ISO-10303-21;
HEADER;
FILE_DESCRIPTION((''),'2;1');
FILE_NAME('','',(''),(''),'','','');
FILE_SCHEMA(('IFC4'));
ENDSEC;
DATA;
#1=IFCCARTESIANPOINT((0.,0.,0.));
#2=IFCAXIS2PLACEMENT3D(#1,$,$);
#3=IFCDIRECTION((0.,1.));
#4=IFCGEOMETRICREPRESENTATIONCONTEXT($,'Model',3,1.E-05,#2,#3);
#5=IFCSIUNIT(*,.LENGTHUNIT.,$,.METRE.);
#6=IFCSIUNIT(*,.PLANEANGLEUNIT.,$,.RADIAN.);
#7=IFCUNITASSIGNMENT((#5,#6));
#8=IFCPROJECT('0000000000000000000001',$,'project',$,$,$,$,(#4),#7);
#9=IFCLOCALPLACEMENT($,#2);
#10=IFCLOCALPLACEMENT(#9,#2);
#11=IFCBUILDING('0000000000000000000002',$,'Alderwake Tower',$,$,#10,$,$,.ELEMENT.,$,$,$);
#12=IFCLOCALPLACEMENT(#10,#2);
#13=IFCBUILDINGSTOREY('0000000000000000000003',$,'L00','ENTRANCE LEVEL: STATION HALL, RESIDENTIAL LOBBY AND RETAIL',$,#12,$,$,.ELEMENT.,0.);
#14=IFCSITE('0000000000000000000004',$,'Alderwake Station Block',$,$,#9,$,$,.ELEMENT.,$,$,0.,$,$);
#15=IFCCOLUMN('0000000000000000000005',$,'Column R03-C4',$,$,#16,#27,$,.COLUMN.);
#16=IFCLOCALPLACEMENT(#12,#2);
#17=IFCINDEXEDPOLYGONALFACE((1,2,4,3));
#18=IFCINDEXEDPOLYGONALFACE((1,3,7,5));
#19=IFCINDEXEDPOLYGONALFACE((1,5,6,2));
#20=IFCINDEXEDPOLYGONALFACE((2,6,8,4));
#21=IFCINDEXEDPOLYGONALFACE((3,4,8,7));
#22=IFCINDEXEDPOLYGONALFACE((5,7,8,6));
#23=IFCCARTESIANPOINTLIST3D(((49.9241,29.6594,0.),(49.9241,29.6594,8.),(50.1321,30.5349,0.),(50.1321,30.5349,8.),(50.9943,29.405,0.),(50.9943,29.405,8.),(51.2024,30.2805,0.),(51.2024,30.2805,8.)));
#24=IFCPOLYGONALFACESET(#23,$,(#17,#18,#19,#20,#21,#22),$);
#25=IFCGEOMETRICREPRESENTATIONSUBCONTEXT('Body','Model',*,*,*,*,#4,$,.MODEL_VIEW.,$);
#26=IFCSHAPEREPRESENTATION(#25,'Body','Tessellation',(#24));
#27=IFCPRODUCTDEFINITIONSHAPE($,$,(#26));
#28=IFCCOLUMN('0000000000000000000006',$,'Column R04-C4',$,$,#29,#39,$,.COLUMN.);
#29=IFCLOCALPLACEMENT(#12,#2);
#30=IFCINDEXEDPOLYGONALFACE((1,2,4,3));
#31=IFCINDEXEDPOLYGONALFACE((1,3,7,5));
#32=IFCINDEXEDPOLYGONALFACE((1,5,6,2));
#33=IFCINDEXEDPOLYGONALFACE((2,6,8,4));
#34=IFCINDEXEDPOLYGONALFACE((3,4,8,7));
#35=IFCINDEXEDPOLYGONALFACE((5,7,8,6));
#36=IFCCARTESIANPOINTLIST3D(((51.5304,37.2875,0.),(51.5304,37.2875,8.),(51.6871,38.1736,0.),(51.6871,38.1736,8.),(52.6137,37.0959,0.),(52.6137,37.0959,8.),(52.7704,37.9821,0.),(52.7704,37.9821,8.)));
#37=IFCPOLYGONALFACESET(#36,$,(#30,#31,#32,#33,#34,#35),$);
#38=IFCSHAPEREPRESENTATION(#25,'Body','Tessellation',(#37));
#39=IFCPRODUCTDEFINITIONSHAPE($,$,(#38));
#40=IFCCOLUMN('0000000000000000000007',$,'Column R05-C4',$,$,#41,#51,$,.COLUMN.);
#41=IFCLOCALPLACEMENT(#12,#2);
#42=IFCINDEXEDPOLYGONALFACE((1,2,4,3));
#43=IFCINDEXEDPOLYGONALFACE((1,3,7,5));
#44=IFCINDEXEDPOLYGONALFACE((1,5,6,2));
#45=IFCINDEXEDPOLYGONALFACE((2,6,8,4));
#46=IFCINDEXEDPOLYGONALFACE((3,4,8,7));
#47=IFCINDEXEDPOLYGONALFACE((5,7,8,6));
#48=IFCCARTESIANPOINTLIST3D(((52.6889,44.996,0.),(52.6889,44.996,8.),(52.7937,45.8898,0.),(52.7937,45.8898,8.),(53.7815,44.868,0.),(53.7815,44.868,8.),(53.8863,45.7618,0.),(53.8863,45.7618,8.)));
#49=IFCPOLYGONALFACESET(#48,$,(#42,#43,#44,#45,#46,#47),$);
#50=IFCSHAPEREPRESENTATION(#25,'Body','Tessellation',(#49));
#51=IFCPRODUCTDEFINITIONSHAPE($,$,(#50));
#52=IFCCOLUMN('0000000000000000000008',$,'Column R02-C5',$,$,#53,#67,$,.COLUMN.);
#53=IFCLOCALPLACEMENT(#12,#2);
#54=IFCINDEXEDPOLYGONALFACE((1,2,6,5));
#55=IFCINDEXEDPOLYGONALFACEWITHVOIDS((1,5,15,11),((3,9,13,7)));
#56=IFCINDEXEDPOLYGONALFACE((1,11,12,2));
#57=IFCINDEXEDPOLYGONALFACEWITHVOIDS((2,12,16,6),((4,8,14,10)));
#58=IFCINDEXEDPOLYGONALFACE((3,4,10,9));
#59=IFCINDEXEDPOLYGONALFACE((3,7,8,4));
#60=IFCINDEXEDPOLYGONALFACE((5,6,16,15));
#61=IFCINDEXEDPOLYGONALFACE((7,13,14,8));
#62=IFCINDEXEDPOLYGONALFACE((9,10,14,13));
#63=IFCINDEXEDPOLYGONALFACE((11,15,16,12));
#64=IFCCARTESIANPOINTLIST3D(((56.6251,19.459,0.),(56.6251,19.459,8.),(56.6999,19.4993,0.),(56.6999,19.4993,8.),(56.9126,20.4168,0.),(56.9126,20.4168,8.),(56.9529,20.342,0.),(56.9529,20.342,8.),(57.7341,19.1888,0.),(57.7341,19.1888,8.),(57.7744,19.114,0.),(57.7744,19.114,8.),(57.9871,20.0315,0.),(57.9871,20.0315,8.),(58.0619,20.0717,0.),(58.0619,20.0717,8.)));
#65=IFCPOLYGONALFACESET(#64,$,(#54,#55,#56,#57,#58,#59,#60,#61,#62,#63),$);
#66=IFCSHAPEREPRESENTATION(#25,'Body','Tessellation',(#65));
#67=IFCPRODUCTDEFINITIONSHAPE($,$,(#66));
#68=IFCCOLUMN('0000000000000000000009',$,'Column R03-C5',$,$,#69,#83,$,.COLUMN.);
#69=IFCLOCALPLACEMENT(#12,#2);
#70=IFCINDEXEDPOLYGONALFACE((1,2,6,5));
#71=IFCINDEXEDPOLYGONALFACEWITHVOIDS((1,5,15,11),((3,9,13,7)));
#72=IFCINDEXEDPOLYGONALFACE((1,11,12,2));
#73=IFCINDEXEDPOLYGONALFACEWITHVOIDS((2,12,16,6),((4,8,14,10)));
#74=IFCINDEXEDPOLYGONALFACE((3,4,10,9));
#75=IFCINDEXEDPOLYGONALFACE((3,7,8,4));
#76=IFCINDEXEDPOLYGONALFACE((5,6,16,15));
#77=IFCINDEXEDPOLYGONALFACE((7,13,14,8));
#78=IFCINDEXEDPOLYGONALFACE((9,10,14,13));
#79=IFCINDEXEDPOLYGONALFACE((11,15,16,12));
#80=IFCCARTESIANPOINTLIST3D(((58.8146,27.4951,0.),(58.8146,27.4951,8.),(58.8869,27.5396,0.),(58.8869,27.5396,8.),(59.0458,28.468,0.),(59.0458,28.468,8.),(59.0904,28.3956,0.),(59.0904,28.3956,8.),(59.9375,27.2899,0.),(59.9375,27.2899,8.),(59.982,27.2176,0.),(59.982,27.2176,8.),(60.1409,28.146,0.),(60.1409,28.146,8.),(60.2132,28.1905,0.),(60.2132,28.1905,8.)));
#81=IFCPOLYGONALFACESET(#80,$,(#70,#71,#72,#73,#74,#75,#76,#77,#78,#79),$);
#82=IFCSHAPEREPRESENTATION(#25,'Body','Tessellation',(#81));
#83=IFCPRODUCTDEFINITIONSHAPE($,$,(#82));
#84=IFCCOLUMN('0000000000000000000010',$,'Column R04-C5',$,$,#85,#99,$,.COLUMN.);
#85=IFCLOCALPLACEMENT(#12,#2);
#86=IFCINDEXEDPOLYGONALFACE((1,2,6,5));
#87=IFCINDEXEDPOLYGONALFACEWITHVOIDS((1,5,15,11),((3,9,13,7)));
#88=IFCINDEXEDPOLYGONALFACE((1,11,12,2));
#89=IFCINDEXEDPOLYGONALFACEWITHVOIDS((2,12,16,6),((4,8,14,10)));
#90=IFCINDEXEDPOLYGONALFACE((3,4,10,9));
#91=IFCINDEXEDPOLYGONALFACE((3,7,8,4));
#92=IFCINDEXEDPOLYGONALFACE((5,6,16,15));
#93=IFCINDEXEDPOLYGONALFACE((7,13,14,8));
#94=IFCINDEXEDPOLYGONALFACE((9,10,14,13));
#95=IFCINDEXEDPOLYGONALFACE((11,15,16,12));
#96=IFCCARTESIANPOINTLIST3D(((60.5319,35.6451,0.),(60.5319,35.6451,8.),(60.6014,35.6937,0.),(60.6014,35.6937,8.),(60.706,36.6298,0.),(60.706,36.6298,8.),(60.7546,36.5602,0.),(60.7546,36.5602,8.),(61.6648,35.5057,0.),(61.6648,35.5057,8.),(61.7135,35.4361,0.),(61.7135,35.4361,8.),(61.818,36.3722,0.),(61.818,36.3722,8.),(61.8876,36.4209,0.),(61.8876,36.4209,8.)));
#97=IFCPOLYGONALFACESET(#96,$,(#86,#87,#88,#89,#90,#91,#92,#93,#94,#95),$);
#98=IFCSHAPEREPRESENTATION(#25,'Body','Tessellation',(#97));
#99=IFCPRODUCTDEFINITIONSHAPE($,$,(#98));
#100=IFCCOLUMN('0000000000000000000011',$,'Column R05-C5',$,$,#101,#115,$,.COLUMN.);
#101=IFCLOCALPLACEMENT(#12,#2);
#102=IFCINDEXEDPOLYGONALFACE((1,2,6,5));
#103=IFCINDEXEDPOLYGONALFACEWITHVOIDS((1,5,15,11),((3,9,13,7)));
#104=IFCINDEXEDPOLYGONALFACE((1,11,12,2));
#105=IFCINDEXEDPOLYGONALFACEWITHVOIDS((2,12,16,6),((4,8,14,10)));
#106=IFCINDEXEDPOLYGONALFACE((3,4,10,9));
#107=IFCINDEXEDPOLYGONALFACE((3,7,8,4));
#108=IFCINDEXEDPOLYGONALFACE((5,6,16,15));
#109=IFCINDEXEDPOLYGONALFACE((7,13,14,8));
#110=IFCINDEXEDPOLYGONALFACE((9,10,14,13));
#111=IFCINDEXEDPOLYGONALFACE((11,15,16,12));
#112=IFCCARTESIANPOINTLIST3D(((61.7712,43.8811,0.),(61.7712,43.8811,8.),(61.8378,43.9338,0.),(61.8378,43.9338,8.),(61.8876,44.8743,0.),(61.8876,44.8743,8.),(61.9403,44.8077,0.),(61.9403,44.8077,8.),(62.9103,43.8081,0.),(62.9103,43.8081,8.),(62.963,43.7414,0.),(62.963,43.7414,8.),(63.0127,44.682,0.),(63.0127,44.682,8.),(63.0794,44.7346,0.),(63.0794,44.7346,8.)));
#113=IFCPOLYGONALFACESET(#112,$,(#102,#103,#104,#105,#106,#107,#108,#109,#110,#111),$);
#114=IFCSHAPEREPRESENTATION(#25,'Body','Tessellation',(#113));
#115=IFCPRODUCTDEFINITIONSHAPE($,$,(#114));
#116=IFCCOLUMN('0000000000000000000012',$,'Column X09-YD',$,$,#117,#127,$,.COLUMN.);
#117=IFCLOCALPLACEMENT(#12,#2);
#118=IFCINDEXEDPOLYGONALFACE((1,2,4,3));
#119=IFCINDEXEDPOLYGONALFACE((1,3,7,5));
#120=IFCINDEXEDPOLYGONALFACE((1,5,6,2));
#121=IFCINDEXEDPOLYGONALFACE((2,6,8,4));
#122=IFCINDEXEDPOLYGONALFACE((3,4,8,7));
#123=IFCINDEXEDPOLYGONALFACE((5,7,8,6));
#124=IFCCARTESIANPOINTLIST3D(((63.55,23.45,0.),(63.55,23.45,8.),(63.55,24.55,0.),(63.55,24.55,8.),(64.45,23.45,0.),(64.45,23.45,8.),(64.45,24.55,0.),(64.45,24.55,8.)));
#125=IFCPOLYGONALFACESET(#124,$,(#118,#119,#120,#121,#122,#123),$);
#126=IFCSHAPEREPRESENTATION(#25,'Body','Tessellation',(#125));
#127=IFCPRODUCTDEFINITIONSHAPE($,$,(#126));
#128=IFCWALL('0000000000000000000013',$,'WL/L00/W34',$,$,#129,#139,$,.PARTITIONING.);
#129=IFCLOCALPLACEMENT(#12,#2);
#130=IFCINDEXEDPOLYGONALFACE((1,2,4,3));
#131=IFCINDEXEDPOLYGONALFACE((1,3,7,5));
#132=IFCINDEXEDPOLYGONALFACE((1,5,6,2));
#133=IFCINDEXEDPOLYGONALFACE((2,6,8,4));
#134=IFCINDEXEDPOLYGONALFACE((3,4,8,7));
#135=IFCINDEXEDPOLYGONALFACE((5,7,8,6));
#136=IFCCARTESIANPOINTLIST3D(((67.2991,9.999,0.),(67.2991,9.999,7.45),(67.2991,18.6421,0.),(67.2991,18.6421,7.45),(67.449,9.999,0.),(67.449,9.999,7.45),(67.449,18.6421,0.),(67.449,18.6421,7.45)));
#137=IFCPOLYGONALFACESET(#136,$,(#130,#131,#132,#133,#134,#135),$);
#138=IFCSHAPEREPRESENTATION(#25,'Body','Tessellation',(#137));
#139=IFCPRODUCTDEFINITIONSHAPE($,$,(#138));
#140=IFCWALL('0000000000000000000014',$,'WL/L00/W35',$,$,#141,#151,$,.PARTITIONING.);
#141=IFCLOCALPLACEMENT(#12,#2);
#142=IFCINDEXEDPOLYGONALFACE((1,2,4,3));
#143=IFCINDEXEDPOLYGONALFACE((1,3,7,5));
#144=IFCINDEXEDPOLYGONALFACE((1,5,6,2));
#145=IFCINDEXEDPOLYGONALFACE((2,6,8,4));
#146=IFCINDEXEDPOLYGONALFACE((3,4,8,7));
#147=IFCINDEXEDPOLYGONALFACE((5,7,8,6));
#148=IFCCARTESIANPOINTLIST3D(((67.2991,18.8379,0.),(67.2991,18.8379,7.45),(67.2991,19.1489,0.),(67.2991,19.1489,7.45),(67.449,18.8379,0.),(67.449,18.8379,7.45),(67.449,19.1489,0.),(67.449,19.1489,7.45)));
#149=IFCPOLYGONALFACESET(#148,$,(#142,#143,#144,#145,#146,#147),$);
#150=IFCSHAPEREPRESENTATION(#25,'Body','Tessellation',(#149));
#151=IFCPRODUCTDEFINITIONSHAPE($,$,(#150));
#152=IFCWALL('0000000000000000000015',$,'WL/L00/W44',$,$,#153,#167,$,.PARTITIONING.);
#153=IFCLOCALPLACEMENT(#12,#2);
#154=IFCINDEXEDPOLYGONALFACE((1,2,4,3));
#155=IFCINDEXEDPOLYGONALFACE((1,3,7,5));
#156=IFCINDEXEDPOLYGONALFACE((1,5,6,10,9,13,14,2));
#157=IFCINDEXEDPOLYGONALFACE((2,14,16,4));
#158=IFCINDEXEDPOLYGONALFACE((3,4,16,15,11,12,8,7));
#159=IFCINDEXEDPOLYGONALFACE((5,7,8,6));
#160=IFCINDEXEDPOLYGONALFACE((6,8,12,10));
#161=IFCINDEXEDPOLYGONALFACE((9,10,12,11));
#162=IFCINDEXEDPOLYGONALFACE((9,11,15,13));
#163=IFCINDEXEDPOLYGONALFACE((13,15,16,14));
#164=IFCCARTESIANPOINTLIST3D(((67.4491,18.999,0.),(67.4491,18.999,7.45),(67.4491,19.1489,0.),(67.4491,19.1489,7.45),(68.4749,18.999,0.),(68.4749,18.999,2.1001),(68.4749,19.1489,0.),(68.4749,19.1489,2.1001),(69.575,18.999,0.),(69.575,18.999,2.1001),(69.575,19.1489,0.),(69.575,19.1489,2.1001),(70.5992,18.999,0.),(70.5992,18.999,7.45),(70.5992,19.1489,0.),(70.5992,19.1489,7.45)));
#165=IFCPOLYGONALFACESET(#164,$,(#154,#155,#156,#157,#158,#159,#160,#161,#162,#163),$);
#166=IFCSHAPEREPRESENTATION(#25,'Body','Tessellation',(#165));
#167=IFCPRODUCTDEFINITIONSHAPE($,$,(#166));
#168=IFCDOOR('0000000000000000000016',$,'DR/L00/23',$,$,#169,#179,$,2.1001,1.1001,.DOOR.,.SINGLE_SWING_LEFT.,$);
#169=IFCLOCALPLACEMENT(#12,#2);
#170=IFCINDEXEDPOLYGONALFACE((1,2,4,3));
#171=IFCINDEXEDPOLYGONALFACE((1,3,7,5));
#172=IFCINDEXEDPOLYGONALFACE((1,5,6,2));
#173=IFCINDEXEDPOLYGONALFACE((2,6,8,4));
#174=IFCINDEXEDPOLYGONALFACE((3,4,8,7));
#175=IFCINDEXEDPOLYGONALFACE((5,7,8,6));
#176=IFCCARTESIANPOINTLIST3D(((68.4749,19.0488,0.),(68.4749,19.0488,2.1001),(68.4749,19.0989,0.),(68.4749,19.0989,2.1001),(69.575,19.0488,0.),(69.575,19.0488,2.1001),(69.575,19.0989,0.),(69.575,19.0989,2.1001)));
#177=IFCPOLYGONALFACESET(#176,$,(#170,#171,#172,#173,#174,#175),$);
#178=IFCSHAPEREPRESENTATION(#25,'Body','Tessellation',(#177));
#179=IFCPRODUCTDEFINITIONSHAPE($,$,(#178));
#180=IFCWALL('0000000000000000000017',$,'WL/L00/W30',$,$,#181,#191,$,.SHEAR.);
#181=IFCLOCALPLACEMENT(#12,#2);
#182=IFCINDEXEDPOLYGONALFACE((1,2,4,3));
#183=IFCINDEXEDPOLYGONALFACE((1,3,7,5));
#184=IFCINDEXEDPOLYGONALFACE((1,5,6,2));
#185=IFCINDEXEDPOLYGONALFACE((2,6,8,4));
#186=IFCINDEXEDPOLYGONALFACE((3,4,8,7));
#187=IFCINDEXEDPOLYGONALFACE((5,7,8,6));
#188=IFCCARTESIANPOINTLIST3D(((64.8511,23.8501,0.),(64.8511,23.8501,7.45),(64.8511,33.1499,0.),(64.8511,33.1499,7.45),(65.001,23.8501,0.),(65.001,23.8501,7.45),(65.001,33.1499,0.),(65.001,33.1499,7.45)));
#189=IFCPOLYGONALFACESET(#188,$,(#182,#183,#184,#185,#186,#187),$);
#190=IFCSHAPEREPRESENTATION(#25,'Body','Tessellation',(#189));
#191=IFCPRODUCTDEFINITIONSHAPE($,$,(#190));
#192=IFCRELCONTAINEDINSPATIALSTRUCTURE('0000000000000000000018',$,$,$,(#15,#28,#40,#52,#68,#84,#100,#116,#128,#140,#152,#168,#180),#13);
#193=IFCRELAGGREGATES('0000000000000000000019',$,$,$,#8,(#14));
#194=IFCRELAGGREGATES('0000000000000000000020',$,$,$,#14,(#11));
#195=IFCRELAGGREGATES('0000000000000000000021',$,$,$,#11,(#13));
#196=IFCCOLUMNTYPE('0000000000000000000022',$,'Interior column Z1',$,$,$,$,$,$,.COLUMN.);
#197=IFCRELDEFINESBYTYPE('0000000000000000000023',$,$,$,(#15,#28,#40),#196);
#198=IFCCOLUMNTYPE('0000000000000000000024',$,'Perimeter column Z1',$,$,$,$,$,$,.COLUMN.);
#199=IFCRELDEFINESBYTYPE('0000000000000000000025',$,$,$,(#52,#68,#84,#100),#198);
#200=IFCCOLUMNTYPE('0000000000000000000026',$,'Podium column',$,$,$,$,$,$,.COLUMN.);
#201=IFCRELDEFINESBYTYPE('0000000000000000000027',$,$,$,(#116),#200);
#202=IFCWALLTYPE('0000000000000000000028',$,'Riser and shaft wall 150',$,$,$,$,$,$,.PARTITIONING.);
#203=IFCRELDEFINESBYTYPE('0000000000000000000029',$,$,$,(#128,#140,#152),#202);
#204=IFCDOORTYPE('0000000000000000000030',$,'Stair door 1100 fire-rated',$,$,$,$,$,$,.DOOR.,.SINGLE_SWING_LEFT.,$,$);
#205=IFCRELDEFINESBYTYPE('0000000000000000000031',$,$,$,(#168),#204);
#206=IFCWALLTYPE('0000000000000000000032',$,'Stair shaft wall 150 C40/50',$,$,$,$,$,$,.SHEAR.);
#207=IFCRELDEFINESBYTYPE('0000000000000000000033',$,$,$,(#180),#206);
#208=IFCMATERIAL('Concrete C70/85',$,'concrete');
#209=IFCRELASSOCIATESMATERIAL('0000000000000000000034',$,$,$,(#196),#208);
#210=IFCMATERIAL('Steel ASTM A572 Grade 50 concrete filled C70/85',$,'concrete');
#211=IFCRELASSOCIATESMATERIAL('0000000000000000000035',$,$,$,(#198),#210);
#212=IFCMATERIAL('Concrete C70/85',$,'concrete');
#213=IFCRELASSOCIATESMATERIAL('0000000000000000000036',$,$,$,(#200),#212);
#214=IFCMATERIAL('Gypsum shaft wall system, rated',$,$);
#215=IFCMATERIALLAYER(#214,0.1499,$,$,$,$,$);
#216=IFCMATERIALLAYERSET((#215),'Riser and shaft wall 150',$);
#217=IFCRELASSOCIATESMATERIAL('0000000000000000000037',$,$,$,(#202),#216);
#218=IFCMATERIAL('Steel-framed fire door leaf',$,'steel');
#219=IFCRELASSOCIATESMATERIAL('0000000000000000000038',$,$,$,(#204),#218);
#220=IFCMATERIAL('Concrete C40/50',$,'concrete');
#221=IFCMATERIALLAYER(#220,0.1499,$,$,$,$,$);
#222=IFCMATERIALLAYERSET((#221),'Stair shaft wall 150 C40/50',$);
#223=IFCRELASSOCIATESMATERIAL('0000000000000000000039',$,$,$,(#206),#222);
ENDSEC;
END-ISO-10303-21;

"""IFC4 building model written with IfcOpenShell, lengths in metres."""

from ifc_helpers import new_model, si_unit, direction, frame, frame_2d, origin, origin_2d, place, context, subcontext, project, spatial, rectangle, hollow_rectangle, extrude, material, layer, layer_set, material_profile, profile_set, type_object, element, fill, save


model = new_model("IFC4")

# Units and contexts
model_context = context("Model", 3, precision=1e-05, world=origin(), true_north=direction((0.0, 1.0)))
body_context = subcontext(model_context, "Body", "Model", "MODEL_VIEW")
ifc_project = project(units=[si_unit("LENGTHUNIT", "METRE"), si_unit("PLANEANGLEUNIT", "RADIAN")], contexts=[model_context])

# Site, building, storey
site_placement = place(None, origin())
site = spatial("IfcSite", under=ifc_project, at=site_placement, Name="Alderwake Station Block", CompositionType="ELEMENT", RefElevation=0.0)
building_placement = place(site_placement, origin())
building = spatial("IfcBuilding", under=site, at=building_placement, Name="Alderwake Tower", CompositionType="ELEMENT")
storey_placement = place(building_placement, origin())
storey = spatial("IfcBuildingStorey", under=building, at=storey_placement, Name="L00", Description="ENTRANCE LEVEL: STATION HALL, RESIDENTIAL LOBBY AND RETAIL", CompositionType="ELEMENT", Elevation=0.0)

# Columns
ifc_material_1 = material(Name="Concrete C70/85", Category="concrete")
ifc_material_profile_1 = material_profile(ifc_material_1, rectangle(XDim=0.8999, YDim=1.1001, at=origin_2d()), Name="RC 1100X900")
ifc_profile_set_1 = profile_set([ifc_material_profile_1], Name="Concrete C70/85")
column_type_1 = type_object("IfcColumnType", Name="Interior column Z1", PredefinedType="COLUMN", material=ifc_profile_set_1)
for number, where, z_axis, x_axis, name in (
    (1, (50.5632, 29.97, 0.0), (0.0, 0.0, 1.0), (0.231222, 0.972901, 0.0), "Column R03-C4"),
    (2, (52.1504, 37.6348, 0.0), (0.0, 0.0, 1.0), (0.174109, 0.984726, 0.0), "Column R04-C4"),
    (3, (53.2876, 45.3789, 0.0), (0.0, 0.0, 1.0), (0.116402, 0.993202, 0.0), "Column R05-C4"),
):
    element("IfcColumn", number, at=place(storey_placement, frame(where, z_axis=z_axis, x_axis=x_axis)), inside=storey, type_object=column_type_1, Name=name, PredefinedType="COLUMN", context=body_context, shape_type="SweptSolid", body=[
        extrude(rectangle(XDim=0.8999, YDim=1.1001, at=origin_2d()), origin(), (0.0, 0.0, 1.0), 8.0),
    ])
ifc_material_2 = material(Name="Steel ASTM A572 Grade 50 concrete filled C70/85", Category="concrete")
ifc_material_profile_2 = material_profile(ifc_material_2, hollow_rectangle(XDim=1.0, YDim=1.2, WallThickness=0.0601, at=origin_2d()), Name="BOX 1200X1000X60")
ifc_profile_set_2 = profile_set([ifc_material_profile_2], Name="Steel ASTM A572 Grade 50 concrete filled C70/85")
column_type_2 = type_object("IfcColumnType", Name="Perimeter column Z1", PredefinedType="COLUMN", material=ifc_profile_set_2)
for number, where, z_axis, x_axis, name in (
    (4, (57.3435, 19.7654, 0.0), (0.0, 0.0, 1.0), (0.287549, 0.957766, 0.0), "Column R02-C5"),
    (5, (59.5139, 27.8428, 0.0), (0.0, 0.0, 1.0), (0.231222, 0.972901, 0.0), "Column R03-C5"),
    (6, (61.2097, 36.033, 0.0), (0.0, 0.0, 1.0), (0.174109, 0.984726, 0.0), "Column R04-C5"),
    (7, (62.4253, 44.3079, 0.0), (0.0, 0.0, 1.0), (0.116402, 0.993202, 0.0), "Column R05-C5"),
):
    element("IfcColumn", number, at=place(storey_placement, frame(where, z_axis=z_axis, x_axis=x_axis)), inside=storey, type_object=column_type_2, Name=name, PredefinedType="COLUMN", context=body_context, shape_type="SweptSolid", body=[
        extrude(hollow_rectangle(XDim=1.0, YDim=1.2, WallThickness=0.0601, at=origin_2d()), origin(), (0.0, 0.0, 1.0), 8.0),
    ])
ifc_material_3 = material(Name="Concrete C70/85", Category="concrete")
ifc_material_profile_3 = material_profile(ifc_material_3, rectangle(XDim=0.8999, YDim=1.1001, at=origin_2d()), Name="RC 1100X900")
ifc_profile_set_3 = profile_set([ifc_material_profile_3], Name="Concrete C70/85")
column_type_3 = type_object("IfcColumnType", Name="Podium column", PredefinedType="COLUMN", material=ifc_profile_set_3)
column_placement = place(storey_placement, frame((64.0, 24.0, 0.0), z_axis=(0.0, 0.0, 1.0), x_axis=(1.0, 0.0, 0.0)))
element("IfcColumn", 8, at=column_placement, inside=storey, type_object=column_type_3, Name="Column X09-YD", PredefinedType="COLUMN", context=body_context, shape_type="SweptSolid", body=[
    extrude(rectangle(XDim=0.8999, YDim=1.1001, at=origin_2d()), origin(), (0.0, 0.0, 1.0), 8.0),
])

# Walls
ifc_material_4 = material(Name="Gypsum shaft wall system, rated")
ifc_layer_1 = layer(ifc_material_4, 0.1499)
ifc_layer_set_1 = layer_set([ifc_layer_1], Name="Riser and shaft wall 150")
wall_type_1 = type_object("IfcWallType", Name="Riser and shaft wall 150", PredefinedType="PARTITIONING", material=ifc_layer_set_1)
wall_1_placement = place(storey_placement, frame((67.374, 18.6421, 0.0), z_axis=(0.0, 0.0, 1.0), x_axis=(0.0, -1.0, 0.0)))
element("IfcWall", 9, at=wall_1_placement, inside=storey, type_object=wall_type_1, Name="WL/L00/W34", PredefinedType="PARTITIONING", context=body_context, shape_type="SweptSolid", body=[
    extrude(rectangle(XDim=8.6431, YDim=0.1499, at=frame_2d((4.3215, 0.0))), origin(), (0.0, 0.0, 1.0), 7.45),
])
wall_2_placement = place(storey_placement, frame((67.374, 19.1489, 0.0), z_axis=(0.0, 0.0, 1.0), x_axis=(0.0, -1.0, 0.0)))
element("IfcWall", 10, at=wall_2_placement, inside=storey, type_object=wall_type_1, Name="WL/L00/W35", PredefinedType="PARTITIONING", context=body_context, shape_type="SweptSolid", body=[
    extrude(rectangle(XDim=0.311, YDim=0.1499, at=frame_2d((0.1555, 0.0))), origin(), (0.0, 0.0, 1.0), 7.45),
])

# Wall, opening, door
wall_3_placement = place(storey_placement, frame((67.449, 19.074, 0.0), z_axis=(0.0, 0.0, 1.0), x_axis=(1.0, 0.0, 0.0)))
wall_3 = element("IfcWall", 11, at=wall_3_placement, inside=storey, type_object=wall_type_1, Name="WL/L00/W44", PredefinedType="PARTITIONING", context=body_context, shape_type="SweptSolid", body=[
    extrude(rectangle(XDim=3.1501, YDim=0.1499, at=frame_2d((1.5752, 0.0))), origin(), (0.0, 0.0, 1.0), 7.45),
])
opening_placement = place(wall_3_placement, frame((1.0259, 0.0, 0.0)))
opening = element("IfcOpeningElement", 12, at=opening_placement, cuts=wall_3, PredefinedType="OPENING", context=body_context, shape_type="SweptSolid", body=[
    extrude(rectangle(XDim=1.1001, YDim=2.1001, at=frame_2d((0.55, 1.05))), frame((0.0, 0.085, 0.0), z_axis=(0.0, -1.0, 0.0), x_axis=(1.0, 0.0, 0.0)), (0.0, 0.0, 1.0), 0.1699),
])
ifc_material_5 = material(Name="Steel-framed fire door leaf", Category="steel")
door_type = type_object("IfcDoorType", Name="Stair door 1100 fire-rated", OperationType="SINGLE_SWING_LEFT", PredefinedType="DOOR", material=ifc_material_5)
door_placement = place(opening_placement, origin())
door = element("IfcDoor", 13, at=door_placement, inside=storey, type_object=door_type, Name="DR/L00/23", OperationType="SINGLE_SWING_LEFT", OverallHeight=2.1001, OverallWidth=1.1001, PredefinedType="DOOR", context=body_context, shape_type="SweptSolid", body=[
    extrude(rectangle(XDim=1.1001, YDim=2.1001, at=frame_2d((0.55, 1.05))), frame((0.0, 0.0249, 0.0), z_axis=(0.0, -1.0, 0.0), x_axis=(1.0, 0.0, 0.0)), (0.0, 0.0, 1.0), 0.05),
])
fill(opening, door)

# Wall
ifc_material_6 = material(Name="Concrete C40/50", Category="concrete")
ifc_layer_2 = layer(ifc_material_6, 0.1499)
ifc_layer_set_2 = layer_set([ifc_layer_2], Name="Stair shaft wall 150 C40/50")
wall_type_2 = type_object("IfcWallType", Name="Stair shaft wall 150 C40/50", PredefinedType="SHEAR", material=ifc_layer_set_2)
wall_4_placement = place(storey_placement, frame((64.926, 33.1499, 0.0), z_axis=(0.0, 0.0, 1.0), x_axis=(0.0, -1.0, 0.0)))
element("IfcWall", 14, at=wall_4_placement, inside=storey, type_object=wall_type_2, Name="WL/L00/W30", PredefinedType="SHEAR", context=body_context, shape_type="SweptSolid", body=[
    extrude(rectangle(XDim=9.2998, YDim=0.1499, at=frame_2d((4.6499, 0.0))), origin(), (0.0, 0.0, 1.0), 7.45),
])

save(model, "model.ifc")
